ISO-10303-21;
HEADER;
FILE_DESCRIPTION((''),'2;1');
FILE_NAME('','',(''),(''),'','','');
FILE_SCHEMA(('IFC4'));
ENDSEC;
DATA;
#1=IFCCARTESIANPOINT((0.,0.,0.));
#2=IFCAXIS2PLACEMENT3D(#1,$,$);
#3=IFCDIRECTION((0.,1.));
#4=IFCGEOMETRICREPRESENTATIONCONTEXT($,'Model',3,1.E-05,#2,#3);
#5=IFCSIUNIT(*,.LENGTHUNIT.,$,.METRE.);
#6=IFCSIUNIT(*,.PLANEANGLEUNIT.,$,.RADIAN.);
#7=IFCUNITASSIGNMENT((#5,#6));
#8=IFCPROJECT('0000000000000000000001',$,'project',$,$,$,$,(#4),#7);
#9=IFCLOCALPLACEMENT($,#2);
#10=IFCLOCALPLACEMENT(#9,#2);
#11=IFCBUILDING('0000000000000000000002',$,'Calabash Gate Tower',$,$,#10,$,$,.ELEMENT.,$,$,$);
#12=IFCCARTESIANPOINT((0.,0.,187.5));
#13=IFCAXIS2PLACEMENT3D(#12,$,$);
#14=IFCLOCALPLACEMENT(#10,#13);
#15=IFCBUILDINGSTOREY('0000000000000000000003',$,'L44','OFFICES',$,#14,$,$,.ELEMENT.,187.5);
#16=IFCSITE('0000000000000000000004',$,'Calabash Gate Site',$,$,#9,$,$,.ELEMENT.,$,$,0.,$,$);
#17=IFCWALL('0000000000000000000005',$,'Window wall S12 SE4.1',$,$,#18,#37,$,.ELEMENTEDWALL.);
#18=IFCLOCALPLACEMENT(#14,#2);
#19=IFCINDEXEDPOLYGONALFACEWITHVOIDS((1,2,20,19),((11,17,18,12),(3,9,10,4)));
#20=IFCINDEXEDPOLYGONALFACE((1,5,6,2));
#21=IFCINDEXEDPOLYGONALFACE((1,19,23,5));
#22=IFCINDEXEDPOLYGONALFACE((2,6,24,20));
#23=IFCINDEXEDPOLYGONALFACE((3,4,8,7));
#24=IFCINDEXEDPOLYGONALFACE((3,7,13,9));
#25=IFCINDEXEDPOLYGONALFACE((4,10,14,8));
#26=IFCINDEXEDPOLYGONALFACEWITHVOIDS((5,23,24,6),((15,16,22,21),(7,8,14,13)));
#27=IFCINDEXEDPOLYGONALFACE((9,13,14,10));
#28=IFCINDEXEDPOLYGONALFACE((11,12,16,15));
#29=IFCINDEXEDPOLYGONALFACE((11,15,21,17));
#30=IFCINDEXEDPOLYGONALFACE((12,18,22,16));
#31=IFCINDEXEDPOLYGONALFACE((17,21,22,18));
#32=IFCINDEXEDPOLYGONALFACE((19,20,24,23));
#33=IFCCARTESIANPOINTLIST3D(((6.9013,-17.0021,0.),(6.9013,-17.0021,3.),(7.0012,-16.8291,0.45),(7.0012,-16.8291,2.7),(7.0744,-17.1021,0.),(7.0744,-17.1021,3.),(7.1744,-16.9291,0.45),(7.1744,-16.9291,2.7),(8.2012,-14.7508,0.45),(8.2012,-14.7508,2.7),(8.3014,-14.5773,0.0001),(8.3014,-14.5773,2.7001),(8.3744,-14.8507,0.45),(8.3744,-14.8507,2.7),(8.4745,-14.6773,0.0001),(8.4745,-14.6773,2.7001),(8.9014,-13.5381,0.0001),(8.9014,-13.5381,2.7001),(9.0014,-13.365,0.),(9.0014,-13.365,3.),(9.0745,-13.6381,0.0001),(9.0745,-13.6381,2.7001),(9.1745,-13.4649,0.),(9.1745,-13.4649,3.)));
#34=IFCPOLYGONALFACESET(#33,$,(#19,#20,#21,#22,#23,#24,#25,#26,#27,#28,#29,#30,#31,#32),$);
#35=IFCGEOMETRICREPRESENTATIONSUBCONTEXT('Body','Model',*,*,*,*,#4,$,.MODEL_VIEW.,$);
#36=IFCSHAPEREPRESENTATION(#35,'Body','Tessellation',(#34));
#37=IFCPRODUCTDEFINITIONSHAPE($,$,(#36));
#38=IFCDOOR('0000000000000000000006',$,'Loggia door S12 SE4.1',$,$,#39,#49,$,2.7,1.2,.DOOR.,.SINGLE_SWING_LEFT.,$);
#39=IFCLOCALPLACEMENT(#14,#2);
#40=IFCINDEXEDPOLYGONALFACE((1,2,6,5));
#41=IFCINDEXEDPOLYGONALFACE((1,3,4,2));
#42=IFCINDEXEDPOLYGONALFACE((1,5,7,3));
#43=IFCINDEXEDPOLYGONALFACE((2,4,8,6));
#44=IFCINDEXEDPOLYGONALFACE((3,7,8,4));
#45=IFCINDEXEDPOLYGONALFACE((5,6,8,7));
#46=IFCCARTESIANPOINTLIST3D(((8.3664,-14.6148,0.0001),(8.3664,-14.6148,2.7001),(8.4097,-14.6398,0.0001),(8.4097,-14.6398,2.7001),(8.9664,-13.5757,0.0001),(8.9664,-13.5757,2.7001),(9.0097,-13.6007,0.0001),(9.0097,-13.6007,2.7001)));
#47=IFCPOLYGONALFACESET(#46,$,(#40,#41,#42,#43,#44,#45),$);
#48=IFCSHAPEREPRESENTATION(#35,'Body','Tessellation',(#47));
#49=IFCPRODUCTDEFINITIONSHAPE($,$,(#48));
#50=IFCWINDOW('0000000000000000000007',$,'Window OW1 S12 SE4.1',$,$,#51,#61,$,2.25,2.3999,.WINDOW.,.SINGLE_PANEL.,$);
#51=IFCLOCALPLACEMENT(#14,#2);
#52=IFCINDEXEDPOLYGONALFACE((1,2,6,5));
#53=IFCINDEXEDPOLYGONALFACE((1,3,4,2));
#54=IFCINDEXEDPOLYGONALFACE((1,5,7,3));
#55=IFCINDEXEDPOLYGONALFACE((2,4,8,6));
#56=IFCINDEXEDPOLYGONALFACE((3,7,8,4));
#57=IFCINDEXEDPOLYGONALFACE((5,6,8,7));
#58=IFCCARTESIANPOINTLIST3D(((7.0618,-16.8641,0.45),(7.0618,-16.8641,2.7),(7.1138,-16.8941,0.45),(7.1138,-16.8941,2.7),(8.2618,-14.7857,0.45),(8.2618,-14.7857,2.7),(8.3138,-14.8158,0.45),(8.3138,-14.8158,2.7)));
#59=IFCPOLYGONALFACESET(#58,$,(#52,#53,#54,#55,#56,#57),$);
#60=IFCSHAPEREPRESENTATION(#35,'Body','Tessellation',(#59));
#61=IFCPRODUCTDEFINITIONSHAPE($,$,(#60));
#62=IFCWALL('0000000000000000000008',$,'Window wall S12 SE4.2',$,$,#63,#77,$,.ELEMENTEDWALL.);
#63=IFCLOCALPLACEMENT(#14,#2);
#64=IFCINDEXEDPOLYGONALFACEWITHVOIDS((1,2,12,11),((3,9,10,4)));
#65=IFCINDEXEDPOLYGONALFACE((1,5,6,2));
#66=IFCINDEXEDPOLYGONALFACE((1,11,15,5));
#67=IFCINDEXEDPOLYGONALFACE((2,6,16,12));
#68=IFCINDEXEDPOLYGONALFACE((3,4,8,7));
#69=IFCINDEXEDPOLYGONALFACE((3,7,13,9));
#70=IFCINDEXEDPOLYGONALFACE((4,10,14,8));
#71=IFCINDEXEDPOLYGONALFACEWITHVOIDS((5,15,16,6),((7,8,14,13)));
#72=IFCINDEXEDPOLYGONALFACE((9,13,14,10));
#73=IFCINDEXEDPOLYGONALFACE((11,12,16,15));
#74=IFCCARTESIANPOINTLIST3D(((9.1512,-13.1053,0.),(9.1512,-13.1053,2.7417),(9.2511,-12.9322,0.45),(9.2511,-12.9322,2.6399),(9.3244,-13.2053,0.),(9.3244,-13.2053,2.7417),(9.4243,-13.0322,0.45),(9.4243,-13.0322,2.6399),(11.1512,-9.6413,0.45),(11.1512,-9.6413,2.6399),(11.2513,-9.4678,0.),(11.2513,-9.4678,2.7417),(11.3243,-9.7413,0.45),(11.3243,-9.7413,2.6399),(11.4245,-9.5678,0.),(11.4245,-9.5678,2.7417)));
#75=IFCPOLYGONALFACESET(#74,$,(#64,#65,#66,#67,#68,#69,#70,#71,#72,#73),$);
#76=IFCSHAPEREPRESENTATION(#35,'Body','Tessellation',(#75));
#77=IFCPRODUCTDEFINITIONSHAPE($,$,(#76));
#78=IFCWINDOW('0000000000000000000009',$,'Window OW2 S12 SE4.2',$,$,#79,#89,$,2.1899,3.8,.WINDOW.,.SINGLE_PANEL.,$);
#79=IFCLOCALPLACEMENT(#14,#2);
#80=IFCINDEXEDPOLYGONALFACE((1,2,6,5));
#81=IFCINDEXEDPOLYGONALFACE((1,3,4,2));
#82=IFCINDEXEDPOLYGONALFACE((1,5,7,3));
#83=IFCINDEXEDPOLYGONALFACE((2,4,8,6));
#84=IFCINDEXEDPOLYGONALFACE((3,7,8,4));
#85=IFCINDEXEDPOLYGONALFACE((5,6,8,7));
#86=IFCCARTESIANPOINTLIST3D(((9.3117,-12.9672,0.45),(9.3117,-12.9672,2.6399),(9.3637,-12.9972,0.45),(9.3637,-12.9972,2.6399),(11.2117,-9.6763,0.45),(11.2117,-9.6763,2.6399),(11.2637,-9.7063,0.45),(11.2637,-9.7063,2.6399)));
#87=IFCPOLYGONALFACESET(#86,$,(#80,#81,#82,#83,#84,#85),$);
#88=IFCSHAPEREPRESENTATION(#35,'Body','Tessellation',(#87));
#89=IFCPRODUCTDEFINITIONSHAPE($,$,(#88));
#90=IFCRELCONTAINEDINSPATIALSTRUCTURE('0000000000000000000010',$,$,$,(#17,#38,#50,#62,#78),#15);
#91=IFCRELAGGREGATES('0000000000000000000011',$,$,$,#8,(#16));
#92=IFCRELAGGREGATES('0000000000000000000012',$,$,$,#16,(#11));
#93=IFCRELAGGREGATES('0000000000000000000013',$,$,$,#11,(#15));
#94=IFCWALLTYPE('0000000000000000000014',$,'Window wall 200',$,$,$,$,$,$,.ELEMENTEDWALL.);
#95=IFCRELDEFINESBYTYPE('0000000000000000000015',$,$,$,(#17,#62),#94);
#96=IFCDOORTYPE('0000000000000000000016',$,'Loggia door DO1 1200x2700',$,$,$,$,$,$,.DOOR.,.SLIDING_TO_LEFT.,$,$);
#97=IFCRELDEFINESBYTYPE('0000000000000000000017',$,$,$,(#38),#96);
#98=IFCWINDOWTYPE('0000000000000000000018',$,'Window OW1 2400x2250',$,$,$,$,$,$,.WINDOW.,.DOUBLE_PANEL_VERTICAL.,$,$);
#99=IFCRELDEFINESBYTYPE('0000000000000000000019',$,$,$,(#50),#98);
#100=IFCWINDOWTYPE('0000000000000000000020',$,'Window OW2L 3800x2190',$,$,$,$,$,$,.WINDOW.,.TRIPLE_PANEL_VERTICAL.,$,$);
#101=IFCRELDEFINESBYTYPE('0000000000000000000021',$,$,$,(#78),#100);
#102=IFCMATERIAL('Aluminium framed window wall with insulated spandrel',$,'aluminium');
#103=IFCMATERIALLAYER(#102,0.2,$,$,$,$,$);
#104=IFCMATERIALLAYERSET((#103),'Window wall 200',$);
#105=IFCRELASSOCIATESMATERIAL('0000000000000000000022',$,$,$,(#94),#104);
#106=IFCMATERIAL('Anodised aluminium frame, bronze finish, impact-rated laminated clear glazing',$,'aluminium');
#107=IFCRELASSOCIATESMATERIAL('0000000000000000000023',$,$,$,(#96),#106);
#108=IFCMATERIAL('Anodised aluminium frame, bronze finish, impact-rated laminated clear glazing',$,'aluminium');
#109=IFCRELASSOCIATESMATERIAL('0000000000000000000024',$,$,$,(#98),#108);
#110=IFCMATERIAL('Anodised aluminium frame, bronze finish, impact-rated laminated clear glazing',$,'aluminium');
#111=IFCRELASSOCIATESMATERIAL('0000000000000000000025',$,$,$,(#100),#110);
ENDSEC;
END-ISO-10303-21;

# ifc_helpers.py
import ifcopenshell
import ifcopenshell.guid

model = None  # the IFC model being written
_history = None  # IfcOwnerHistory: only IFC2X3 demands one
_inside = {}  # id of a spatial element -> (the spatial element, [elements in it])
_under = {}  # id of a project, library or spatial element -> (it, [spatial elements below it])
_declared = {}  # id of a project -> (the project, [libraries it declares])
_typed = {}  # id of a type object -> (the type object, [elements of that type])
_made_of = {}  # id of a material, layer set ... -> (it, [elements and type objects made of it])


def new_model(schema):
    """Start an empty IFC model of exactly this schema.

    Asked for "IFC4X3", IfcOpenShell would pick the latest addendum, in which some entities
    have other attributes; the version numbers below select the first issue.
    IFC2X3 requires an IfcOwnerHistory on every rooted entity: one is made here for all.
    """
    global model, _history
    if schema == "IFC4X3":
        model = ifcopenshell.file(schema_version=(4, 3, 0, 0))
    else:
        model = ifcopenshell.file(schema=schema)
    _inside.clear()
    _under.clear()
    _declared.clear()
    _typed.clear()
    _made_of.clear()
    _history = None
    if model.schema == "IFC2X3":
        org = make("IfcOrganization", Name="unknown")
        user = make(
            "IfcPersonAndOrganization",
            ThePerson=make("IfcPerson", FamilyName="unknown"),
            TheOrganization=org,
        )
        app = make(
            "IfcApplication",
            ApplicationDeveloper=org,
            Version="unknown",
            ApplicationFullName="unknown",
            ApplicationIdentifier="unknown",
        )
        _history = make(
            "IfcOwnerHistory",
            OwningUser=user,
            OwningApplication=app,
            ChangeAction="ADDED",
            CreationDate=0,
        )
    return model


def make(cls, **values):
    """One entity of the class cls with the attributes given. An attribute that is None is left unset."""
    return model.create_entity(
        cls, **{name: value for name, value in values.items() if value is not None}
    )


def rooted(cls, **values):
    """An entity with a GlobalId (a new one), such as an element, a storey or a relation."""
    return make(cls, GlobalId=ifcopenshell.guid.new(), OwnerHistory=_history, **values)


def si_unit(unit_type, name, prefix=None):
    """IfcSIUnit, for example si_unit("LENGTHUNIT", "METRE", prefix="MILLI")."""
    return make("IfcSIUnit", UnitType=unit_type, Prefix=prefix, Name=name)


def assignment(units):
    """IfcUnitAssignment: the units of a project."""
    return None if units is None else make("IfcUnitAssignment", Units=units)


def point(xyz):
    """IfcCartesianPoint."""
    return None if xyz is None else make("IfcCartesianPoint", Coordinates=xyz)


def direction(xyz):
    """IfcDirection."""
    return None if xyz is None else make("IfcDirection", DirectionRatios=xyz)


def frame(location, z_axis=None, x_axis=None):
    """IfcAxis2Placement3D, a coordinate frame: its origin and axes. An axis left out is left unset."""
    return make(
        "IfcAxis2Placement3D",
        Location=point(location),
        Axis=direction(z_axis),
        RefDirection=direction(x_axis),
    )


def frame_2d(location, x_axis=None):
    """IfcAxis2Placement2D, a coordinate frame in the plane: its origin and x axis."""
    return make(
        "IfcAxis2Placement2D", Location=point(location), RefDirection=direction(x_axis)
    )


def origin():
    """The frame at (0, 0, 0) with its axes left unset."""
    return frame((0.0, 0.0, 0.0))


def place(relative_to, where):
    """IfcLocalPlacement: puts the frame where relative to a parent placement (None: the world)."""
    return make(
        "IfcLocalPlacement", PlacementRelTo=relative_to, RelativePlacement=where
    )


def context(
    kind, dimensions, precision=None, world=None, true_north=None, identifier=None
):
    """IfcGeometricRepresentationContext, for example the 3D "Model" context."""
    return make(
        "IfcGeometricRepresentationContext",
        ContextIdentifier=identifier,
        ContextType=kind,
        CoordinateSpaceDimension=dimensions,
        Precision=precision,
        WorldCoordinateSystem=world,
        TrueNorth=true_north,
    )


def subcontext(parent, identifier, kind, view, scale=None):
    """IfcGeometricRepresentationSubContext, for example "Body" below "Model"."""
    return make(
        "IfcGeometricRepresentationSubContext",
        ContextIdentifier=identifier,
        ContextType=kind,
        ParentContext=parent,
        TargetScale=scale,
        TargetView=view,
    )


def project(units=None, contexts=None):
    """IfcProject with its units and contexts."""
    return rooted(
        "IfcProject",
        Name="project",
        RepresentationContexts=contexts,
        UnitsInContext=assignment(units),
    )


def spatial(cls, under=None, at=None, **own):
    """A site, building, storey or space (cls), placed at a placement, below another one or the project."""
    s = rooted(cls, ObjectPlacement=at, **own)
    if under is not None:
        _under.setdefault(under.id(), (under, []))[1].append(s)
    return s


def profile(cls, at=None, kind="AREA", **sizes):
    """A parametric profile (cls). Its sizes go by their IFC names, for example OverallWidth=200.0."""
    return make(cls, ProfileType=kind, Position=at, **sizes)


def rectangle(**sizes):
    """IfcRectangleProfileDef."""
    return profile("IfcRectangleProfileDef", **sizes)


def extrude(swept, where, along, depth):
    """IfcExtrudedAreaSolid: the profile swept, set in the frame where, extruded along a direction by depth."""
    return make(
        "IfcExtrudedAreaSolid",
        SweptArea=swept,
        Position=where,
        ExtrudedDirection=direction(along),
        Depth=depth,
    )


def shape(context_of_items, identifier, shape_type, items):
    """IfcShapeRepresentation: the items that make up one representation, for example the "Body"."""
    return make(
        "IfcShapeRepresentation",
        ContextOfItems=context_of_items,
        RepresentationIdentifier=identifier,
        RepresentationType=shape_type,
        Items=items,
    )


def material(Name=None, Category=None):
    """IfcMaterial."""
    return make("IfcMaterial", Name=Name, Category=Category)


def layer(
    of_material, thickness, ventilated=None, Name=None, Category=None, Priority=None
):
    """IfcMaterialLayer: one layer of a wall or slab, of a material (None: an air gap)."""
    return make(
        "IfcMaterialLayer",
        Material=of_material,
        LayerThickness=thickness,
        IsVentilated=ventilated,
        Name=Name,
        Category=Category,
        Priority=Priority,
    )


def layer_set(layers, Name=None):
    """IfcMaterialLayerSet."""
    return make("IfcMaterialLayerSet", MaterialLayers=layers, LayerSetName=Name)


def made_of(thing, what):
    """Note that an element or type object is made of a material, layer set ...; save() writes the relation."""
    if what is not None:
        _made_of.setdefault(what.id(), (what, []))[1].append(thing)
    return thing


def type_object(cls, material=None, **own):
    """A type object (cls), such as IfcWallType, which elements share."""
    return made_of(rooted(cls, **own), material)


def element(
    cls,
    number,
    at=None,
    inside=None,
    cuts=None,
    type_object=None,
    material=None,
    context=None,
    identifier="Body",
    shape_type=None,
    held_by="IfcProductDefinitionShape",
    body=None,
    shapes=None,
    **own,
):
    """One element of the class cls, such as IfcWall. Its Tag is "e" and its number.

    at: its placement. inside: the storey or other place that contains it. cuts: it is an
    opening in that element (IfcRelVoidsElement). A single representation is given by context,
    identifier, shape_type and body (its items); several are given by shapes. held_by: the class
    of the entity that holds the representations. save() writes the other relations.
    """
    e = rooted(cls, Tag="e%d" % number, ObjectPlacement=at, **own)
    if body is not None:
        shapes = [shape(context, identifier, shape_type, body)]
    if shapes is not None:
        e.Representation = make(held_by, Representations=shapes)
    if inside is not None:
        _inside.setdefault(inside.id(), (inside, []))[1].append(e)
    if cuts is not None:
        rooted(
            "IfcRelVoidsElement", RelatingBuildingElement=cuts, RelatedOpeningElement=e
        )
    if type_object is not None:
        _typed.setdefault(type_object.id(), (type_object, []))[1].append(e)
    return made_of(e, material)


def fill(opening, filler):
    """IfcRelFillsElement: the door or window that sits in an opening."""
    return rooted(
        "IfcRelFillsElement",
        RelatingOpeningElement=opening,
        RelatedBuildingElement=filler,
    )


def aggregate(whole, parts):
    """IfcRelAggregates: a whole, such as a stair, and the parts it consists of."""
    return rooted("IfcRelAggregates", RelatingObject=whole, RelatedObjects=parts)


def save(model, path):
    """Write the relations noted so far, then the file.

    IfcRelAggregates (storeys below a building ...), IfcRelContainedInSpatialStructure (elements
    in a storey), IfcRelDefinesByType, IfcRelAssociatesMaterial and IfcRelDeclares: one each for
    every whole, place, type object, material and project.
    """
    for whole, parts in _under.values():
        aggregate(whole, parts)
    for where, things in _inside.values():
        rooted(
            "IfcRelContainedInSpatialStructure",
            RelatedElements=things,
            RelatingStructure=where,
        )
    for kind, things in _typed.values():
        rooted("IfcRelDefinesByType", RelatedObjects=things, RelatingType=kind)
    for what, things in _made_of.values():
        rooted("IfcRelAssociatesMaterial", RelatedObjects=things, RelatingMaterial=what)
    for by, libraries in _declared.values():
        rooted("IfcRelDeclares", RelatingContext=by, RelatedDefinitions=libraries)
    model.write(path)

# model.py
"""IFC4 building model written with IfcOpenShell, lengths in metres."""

from ifc_helpers import new_model, si_unit, direction, frame, frame_2d, origin, place, context, subcontext, project, spatial, rectangle, extrude, material, layer, layer_set, type_object, element, fill, save


model = new_model("IFC4")

# Units and contexts
model_context = context("Model", 3, precision=1e-05, world=origin(), true_north=direction((0.0, 1.0)))
body_context = subcontext(model_context, "Body", "Model", "MODEL_VIEW")
ifc_project = project(units=[si_unit("LENGTHUNIT", "METRE"), si_unit("PLANEANGLEUNIT", "RADIAN")], contexts=[model_context])

# Site, building, storey
site_placement = place(None, origin())
site = spatial("IfcSite", under=ifc_project, at=site_placement, Name="Calabash Gate Site", CompositionType="ELEMENT", RefElevation=0.0)
building_placement = place(site_placement, origin())
building = spatial("IfcBuilding", under=site, at=building_placement, Name="Calabash Gate Tower", CompositionType="ELEMENT")
storey_placement = place(building_placement, frame((0.0, 0.0, 187.5)))
storey = spatial("IfcBuildingStorey", under=building, at=storey_placement, Name="L44", Description="OFFICES", CompositionType="ELEMENT", Elevation=187.5)

# Wall, openings, door, window
ifc_material_1 = material(Name="Aluminium framed window wall with insulated spandrel", Category="aluminium")
ifc_layer_1 = layer(ifc_material_1, 0.2)
ifc_layer_set_1 = layer_set([ifc_layer_1], Name="Window wall 200")
wall_type_1 = type_object("IfcWallType", Name="Window wall 200", PredefinedType="ELEMENTEDWALL", material=ifc_layer_set_1)
wall_1_placement = place(storey_placement, frame((6.9878, -17.0522, 0.0), z_axis=(0.0, 0.0, 1.0), x_axis=(0.500028, 0.866009, 0.0)))
wall_1 = element("IfcWall", 1, at=wall_1_placement, inside=storey, type_object=wall_type_1, Name="Window wall S12 SE4.1", PredefinedType="ELEMENTEDWALL", context=body_context, shape_type="SweptSolid", body=[
    extrude(rectangle(XDim=4.2, YDim=0.2, at=frame_2d((2.1001, 0.0))), origin(), (0.0, 0.0, 1.0), 3.0),
])
opening_1_placement = place(wall_1_placement, frame((0.2, 0.0, 0.45)))
opening_1 = element("IfcOpeningElement", 2, at=opening_1_placement, cuts=wall_1, PredefinedType="OPENING", context=body_context, shape_type="SweptSolid", body=[
    extrude(rectangle(XDim=2.3999, YDim=2.25, at=frame_2d((1.2, 1.125))), frame((0.0, 0.1099, 0.0), z_axis=(0.0, -1.0, 0.0), x_axis=(1.0, 0.0, 0.0)), (0.0, 0.0, 1.0), 0.22),
])
opening_2_placement = place(wall_1_placement, frame((2.8, 0.0, 0.0)))
opening_2 = element("IfcOpeningElement", 3, at=opening_2_placement, cuts=wall_1, PredefinedType="OPENING", context=body_context, shape_type="SweptSolid", body=[
    extrude(rectangle(XDim=1.2, YDim=2.7, at=frame_2d((0.6001, 1.3501))), frame((0.0, 0.1099, 0.0), z_axis=(0.0, -1.0, 0.0), x_axis=(1.0, 0.0, 0.0)), (0.0, 0.0, 1.0), 0.22),
])
ifc_material_2 = material(Name="Anodised aluminium frame, bronze finish, impact-rated laminated clear glazing", Category="aluminium")
door_type_1 = type_object("IfcDoorType", Name="Loggia door DO1 1200x2700", OperationType="SLIDING_TO_LEFT", PredefinedType="DOOR", material=ifc_material_2)
door_1_placement = place(opening_2_placement, origin())
door_1 = element("IfcDoor", 4, at=door_1_placement, inside=storey, type_object=door_type_1, Name="Loggia door S12 SE4.1", OperationType="SINGLE_SWING_LEFT", OverallHeight=2.7, OverallWidth=1.2, PredefinedType="DOOR", context=body_context, shape_type="SweptSolid", body=[
    extrude(rectangle(XDim=1.2, YDim=2.7, at=frame_2d((0.6001, 1.3501))), frame((0.0, 0.0249, 0.0), z_axis=(0.0, -1.0, 0.0), x_axis=(1.0, 0.0, 0.0)), (0.0, 0.0, 1.0), 0.05),
])
fill(opening_2, door_1)
ifc_material_3 = material(Name="Anodised aluminium frame, bronze finish, impact-rated laminated clear glazing", Category="aluminium")
window_type_1 = type_object("IfcWindowType", Name="Window OW1 2400x2250", PartitioningType="DOUBLE_PANEL_VERTICAL", PredefinedType="WINDOW", material=ifc_material_3)
window_1_placement = place(opening_1_placement, origin())
window_1 = element("IfcWindow", 5, at=window_1_placement, inside=storey, type_object=window_type_1, Name="Window OW1 S12 SE4.1", OverallHeight=2.25, OverallWidth=2.3999, PartitioningType="SINGLE_PANEL", PredefinedType="WINDOW", context=body_context, shape_type="SweptSolid", body=[
    extrude(rectangle(XDim=2.3999, YDim=2.25, at=frame_2d((1.2, 1.125))), frame((0.0, 0.03, 0.0), z_axis=(0.0, -1.0, 0.0), x_axis=(1.0, 0.0, 0.0)), (0.0, 0.0, 1.0), 0.0601),
])
fill(opening_1, window_1)

# Wall, opening, window
wall_2_placement = place(storey_placement, frame((9.2378, -13.1553, 0.0), z_axis=(0.0, 0.0, 1.0), x_axis=(0.500003, 0.866024, 0.0)))
wall_2 = element("IfcWall", 6, at=wall_2_placement, inside=storey, type_object=wall_type_1, Name="Window wall S12 SE4.2", PredefinedType="ELEMENTEDWALL", context=body_context, shape_type="SweptSolid", body=[
    extrude(rectangle(XDim=4.2002, YDim=0.2, at=frame_2d((2.1001, 0.0))), origin(), (0.0, 0.0, 1.0), 2.7417),
])
opening_3_placement = place(wall_2_placement, frame((0.2, 0.0, 0.45)))
opening_3 = element("IfcOpeningElement", 7, at=opening_3_placement, cuts=wall_2, PredefinedType="OPENING", context=body_context, shape_type="SweptSolid", body=[
    extrude(rectangle(XDim=3.8, YDim=2.1899, at=frame_2d((1.8999, 1.095))), frame((0.0, 0.1099, 0.0), z_axis=(0.0, -1.0, 0.0), x_axis=(1.0, 0.0, 0.0)), (0.0, 0.0, 1.0), 0.22),
])
ifc_material_4 = material(Name="Anodised aluminium frame, bronze finish, impact-rated laminated clear glazing", Category="aluminium")
window_type_2 = type_object("IfcWindowType", Name="Window OW2L 3800x2190", PartitioningType="TRIPLE_PANEL_VERTICAL", PredefinedType="WINDOW", material=ifc_material_4)
window_2_placement = place(opening_3_placement, origin())
window_2 = element("IfcWindow", 8, at=window_2_placement, inside=storey, type_object=window_type_2, Name="Window OW2 S12 SE4.2", OverallHeight=2.1899, OverallWidth=3.8, PartitioningType="SINGLE_PANEL", PredefinedType="WINDOW", context=body_context, shape_type="SweptSolid", body=[
    extrude(rectangle(XDim=3.8, YDim=2.1899, at=frame_2d((1.8999, 1.095))), frame((0.0, 0.03, 0.0), z_axis=(0.0, -1.0, 0.0), x_axis=(1.0, 0.0, 0.0)), (0.0, 0.0, 1.0), 0.0601),
])
fill(opening_3, window_2)

save(model, "model.ifc")
